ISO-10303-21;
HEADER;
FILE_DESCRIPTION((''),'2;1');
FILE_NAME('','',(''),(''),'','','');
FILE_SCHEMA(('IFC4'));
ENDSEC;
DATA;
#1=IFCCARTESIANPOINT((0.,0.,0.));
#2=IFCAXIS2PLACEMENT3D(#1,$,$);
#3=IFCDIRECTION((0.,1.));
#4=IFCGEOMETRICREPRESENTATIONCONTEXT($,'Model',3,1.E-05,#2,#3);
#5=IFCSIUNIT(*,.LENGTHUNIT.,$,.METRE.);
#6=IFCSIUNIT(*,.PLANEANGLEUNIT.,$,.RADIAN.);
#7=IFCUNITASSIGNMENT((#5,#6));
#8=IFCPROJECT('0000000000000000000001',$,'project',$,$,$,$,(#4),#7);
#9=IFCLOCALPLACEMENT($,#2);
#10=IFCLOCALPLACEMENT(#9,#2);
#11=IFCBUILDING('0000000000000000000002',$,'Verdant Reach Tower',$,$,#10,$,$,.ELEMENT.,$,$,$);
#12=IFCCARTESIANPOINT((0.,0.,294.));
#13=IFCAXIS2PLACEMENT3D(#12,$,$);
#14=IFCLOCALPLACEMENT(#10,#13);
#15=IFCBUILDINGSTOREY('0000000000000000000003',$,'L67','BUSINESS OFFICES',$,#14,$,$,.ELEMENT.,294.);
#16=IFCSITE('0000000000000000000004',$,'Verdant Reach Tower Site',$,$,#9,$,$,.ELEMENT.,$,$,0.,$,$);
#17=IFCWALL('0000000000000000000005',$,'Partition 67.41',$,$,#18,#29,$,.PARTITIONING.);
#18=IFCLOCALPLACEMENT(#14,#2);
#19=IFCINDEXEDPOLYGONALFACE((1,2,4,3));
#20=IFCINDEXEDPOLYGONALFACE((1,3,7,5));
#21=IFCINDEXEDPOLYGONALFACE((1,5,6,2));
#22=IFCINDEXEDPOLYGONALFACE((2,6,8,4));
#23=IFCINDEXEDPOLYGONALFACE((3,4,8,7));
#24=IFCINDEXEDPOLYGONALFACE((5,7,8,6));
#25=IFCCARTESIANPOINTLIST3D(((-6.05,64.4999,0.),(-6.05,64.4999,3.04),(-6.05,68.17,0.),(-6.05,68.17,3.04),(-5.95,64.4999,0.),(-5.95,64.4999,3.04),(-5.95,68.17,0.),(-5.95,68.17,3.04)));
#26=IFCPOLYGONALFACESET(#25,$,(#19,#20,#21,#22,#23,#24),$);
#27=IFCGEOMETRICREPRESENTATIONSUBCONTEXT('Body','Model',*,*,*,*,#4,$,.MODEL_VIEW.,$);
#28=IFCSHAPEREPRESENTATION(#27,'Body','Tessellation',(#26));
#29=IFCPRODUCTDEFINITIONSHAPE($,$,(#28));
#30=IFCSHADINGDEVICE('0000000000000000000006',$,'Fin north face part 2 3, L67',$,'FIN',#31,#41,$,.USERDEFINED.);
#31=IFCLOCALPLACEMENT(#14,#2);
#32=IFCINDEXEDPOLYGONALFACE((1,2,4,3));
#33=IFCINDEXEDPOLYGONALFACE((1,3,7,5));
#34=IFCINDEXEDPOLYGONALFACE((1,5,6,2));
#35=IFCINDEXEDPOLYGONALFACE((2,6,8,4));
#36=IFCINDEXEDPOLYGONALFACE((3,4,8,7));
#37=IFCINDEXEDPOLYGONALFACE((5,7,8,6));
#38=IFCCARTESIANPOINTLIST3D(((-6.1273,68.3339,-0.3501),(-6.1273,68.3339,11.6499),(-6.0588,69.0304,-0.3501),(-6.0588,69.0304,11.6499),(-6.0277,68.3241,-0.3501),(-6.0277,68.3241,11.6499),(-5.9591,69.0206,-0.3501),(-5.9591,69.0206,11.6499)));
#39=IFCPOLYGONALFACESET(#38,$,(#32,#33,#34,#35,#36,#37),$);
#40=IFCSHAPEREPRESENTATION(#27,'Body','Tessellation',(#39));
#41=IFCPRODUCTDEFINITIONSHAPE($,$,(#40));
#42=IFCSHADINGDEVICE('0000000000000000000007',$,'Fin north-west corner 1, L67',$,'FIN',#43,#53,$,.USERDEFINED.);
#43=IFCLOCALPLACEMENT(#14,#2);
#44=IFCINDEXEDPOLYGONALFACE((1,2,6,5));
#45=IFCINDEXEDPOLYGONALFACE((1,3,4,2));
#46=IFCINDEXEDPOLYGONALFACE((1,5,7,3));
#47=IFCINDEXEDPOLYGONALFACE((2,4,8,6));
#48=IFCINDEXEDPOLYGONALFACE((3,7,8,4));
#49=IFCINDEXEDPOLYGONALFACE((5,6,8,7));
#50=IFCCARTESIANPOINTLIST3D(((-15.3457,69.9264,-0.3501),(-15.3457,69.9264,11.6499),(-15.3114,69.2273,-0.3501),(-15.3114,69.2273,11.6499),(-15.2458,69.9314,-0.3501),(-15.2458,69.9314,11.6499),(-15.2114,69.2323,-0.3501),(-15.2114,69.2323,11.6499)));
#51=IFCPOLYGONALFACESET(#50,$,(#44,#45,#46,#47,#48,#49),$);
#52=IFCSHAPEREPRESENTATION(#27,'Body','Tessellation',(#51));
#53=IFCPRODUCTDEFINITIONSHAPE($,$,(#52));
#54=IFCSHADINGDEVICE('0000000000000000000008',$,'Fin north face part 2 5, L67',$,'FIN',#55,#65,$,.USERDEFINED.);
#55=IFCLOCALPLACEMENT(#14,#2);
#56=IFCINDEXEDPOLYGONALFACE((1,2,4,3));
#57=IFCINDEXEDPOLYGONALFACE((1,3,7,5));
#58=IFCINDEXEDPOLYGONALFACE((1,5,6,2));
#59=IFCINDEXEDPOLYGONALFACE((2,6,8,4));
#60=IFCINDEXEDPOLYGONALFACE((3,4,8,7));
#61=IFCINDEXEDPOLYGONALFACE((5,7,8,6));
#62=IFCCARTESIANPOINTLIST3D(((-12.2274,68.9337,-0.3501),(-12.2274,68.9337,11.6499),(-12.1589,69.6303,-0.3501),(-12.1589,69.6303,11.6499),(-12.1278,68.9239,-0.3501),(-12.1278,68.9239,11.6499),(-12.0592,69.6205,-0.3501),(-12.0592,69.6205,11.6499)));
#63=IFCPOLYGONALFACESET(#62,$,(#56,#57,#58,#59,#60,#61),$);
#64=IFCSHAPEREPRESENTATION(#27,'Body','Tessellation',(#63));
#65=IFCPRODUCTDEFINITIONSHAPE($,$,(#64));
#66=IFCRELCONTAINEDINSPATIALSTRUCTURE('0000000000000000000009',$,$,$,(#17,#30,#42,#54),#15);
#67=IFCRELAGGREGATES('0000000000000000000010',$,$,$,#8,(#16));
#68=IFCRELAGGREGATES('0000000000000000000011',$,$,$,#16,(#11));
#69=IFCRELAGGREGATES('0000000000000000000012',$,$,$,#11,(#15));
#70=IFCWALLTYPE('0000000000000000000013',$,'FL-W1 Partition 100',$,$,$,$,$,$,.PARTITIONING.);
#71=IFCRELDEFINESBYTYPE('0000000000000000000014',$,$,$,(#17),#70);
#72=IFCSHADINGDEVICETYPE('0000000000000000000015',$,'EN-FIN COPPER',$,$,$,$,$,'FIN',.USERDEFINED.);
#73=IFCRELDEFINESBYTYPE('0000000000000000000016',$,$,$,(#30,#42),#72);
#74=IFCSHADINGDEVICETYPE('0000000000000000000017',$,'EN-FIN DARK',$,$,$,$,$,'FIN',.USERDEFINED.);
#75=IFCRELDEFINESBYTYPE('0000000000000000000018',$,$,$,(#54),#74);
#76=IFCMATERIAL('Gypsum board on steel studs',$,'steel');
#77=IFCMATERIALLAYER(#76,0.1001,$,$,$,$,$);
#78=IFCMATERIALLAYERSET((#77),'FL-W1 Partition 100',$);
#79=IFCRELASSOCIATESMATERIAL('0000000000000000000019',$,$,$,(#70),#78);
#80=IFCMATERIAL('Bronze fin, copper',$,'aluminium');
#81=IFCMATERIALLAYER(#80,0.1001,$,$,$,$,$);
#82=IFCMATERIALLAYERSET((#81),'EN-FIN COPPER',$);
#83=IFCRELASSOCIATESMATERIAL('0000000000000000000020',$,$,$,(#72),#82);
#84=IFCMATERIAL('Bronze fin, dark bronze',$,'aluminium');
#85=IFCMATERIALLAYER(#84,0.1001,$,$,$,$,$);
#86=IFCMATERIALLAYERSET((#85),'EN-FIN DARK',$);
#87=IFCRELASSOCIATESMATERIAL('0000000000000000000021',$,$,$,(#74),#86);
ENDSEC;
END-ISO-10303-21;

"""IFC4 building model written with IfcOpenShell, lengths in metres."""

from ifc_helpers import new_model, si_unit, direction, frame, frame_2d, origin, origin_2d, place, context, subcontext, project, spatial, rectangle, extrude, material, layer, layer_set, type_object, element, save


model = new_model("IFC4")

# Units and contexts
model_context = context("Model", 3, precision=1e-05, world=origin(), true_north=direction((0.0, 1.0)))
body_context = subcontext(model_context, "Body", "Model", "MODEL_VIEW")
ifc_project = project(units=[si_unit("LENGTHUNIT", "METRE"), si_unit("PLANEANGLEUNIT", "RADIAN")], contexts=[model_context])

# Site, building, storey
site_placement = place(None, origin())
site = spatial("IfcSite", under=ifc_project, at=site_placement, Name="Verdant Reach Tower Site", CompositionType="ELEMENT", RefElevation=0.0)
building_placement = place(site_placement, origin())
building = spatial("IfcBuilding", under=site, at=building_placement, Name="Verdant Reach Tower", CompositionType="ELEMENT")
storey_placement = place(building_placement, frame((0.0, 0.0, 294.0)))
storey = spatial("IfcBuildingStorey", under=building, at=storey_placement, Name="L67", Description="BUSINESS OFFICES", CompositionType="ELEMENT", Elevation=294.0)

# Shared definitions
ifc_material_1 = material(Name="Gypsum board on steel studs", Category="steel")
ifc_layer_1 = layer(ifc_material_1, 0.1001)
ifc_layer_set_1 = layer_set([ifc_layer_1], Name="FL-W1 Partition 100")
wall_type = type_object("IfcWallType", Name="FL-W1 Partition 100", PredefinedType="PARTITIONING", material=ifc_layer_set_1)

# Wall
wall_1_placement = place(storey_placement, frame((-6.0, 64.5, 0.0), z_axis=(0.0, 0.0, 1.0), x_axis=(0.0, 1.0, 0.0)))
element("IfcWall", 1, at=wall_1_placement, inside=storey, type_object=wall_type, Name="Partition 67.41", PredefinedType="PARTITIONING", context=body_context, shape_type="SweptSolid", body=[
    extrude(rectangle(XDim=3.6702, YDim=0.1001, at=frame_2d((1.835, 0.0))), origin(), (0.0, 0.0, 1.0), 3.04),
])

# Shading devices
ifc_material_2 = material(Name="Bronze fin, copper", Category="aluminium")
ifc_layer_2 = layer(ifc_material_2, 0.1001)
ifc_layer_set_2 = layer_set([ifc_layer_2], Name="EN-FIN COPPER")
shading_device_type_1 = type_object("IfcShadingDeviceType", Name="EN-FIN COPPER", ElementType="FIN", PredefinedType="USERDEFINED", material=ifc_layer_set_2)
for number, where, z_axis, x_axis, name in (
    (2, (-6.0432, 68.6772, -0.3501), (0.0, 0.0, 1.0), (-0.995197, 0.097888, 0.0), "Fin north face part 2 3, L67"),
    (3, (-15.2786, 69.5793, -0.3501), (0.0, 0.0, 1.0), (-0.998793, -0.049128, 0.0), "Fin north-west corner 1, L67"),
):
    element("IfcShadingDevice", number, at=place(storey_placement, frame(where, z_axis=z_axis, x_axis=x_axis)), inside=storey, type_object=shading_device_type_1, Name=name, ObjectType="FIN", PredefinedType="USERDEFINED", context=body_context, shape_type="SweptSolid", body=[
        extrude(rectangle(XDim=0.1001, YDim=0.7, at=origin_2d()), origin(), (0.0, 0.0, 1.0), 12.0),
    ])
ifc_material_3 = material(Name="Bronze fin, dark bronze", Category="aluminium")
ifc_layer_3 = layer(ifc_material_3, 0.1001)
ifc_layer_set_3 = layer_set([ifc_layer_3], Name="EN-FIN DARK")
shading_device_type_2 = type_object("IfcShadingDeviceType", Name="EN-FIN DARK", ElementType="FIN", PredefinedType="USERDEFINED", material=ifc_layer_set_3)
shading_device_placement = place(storey_placement, frame((-12.1433, 69.2771, -0.3501), z_axis=(0.0, 0.0, 1.0), x_axis=(-0.995197, 0.097888, 0.0)))
element("IfcShadingDevice", 4, at=shading_device_placement, inside=storey, type_object=shading_device_type_2, Name="Fin north face part 2 5, L67", ObjectType="FIN", PredefinedType="USERDEFINED", context=body_context, shape_type="SweptSolid", body=[
    extrude(rectangle(XDim=0.1001, YDim=0.7, at=origin_2d()), origin(), (0.0, 0.0, 1.0), 12.0),
])

save(model, "model.ifc")
